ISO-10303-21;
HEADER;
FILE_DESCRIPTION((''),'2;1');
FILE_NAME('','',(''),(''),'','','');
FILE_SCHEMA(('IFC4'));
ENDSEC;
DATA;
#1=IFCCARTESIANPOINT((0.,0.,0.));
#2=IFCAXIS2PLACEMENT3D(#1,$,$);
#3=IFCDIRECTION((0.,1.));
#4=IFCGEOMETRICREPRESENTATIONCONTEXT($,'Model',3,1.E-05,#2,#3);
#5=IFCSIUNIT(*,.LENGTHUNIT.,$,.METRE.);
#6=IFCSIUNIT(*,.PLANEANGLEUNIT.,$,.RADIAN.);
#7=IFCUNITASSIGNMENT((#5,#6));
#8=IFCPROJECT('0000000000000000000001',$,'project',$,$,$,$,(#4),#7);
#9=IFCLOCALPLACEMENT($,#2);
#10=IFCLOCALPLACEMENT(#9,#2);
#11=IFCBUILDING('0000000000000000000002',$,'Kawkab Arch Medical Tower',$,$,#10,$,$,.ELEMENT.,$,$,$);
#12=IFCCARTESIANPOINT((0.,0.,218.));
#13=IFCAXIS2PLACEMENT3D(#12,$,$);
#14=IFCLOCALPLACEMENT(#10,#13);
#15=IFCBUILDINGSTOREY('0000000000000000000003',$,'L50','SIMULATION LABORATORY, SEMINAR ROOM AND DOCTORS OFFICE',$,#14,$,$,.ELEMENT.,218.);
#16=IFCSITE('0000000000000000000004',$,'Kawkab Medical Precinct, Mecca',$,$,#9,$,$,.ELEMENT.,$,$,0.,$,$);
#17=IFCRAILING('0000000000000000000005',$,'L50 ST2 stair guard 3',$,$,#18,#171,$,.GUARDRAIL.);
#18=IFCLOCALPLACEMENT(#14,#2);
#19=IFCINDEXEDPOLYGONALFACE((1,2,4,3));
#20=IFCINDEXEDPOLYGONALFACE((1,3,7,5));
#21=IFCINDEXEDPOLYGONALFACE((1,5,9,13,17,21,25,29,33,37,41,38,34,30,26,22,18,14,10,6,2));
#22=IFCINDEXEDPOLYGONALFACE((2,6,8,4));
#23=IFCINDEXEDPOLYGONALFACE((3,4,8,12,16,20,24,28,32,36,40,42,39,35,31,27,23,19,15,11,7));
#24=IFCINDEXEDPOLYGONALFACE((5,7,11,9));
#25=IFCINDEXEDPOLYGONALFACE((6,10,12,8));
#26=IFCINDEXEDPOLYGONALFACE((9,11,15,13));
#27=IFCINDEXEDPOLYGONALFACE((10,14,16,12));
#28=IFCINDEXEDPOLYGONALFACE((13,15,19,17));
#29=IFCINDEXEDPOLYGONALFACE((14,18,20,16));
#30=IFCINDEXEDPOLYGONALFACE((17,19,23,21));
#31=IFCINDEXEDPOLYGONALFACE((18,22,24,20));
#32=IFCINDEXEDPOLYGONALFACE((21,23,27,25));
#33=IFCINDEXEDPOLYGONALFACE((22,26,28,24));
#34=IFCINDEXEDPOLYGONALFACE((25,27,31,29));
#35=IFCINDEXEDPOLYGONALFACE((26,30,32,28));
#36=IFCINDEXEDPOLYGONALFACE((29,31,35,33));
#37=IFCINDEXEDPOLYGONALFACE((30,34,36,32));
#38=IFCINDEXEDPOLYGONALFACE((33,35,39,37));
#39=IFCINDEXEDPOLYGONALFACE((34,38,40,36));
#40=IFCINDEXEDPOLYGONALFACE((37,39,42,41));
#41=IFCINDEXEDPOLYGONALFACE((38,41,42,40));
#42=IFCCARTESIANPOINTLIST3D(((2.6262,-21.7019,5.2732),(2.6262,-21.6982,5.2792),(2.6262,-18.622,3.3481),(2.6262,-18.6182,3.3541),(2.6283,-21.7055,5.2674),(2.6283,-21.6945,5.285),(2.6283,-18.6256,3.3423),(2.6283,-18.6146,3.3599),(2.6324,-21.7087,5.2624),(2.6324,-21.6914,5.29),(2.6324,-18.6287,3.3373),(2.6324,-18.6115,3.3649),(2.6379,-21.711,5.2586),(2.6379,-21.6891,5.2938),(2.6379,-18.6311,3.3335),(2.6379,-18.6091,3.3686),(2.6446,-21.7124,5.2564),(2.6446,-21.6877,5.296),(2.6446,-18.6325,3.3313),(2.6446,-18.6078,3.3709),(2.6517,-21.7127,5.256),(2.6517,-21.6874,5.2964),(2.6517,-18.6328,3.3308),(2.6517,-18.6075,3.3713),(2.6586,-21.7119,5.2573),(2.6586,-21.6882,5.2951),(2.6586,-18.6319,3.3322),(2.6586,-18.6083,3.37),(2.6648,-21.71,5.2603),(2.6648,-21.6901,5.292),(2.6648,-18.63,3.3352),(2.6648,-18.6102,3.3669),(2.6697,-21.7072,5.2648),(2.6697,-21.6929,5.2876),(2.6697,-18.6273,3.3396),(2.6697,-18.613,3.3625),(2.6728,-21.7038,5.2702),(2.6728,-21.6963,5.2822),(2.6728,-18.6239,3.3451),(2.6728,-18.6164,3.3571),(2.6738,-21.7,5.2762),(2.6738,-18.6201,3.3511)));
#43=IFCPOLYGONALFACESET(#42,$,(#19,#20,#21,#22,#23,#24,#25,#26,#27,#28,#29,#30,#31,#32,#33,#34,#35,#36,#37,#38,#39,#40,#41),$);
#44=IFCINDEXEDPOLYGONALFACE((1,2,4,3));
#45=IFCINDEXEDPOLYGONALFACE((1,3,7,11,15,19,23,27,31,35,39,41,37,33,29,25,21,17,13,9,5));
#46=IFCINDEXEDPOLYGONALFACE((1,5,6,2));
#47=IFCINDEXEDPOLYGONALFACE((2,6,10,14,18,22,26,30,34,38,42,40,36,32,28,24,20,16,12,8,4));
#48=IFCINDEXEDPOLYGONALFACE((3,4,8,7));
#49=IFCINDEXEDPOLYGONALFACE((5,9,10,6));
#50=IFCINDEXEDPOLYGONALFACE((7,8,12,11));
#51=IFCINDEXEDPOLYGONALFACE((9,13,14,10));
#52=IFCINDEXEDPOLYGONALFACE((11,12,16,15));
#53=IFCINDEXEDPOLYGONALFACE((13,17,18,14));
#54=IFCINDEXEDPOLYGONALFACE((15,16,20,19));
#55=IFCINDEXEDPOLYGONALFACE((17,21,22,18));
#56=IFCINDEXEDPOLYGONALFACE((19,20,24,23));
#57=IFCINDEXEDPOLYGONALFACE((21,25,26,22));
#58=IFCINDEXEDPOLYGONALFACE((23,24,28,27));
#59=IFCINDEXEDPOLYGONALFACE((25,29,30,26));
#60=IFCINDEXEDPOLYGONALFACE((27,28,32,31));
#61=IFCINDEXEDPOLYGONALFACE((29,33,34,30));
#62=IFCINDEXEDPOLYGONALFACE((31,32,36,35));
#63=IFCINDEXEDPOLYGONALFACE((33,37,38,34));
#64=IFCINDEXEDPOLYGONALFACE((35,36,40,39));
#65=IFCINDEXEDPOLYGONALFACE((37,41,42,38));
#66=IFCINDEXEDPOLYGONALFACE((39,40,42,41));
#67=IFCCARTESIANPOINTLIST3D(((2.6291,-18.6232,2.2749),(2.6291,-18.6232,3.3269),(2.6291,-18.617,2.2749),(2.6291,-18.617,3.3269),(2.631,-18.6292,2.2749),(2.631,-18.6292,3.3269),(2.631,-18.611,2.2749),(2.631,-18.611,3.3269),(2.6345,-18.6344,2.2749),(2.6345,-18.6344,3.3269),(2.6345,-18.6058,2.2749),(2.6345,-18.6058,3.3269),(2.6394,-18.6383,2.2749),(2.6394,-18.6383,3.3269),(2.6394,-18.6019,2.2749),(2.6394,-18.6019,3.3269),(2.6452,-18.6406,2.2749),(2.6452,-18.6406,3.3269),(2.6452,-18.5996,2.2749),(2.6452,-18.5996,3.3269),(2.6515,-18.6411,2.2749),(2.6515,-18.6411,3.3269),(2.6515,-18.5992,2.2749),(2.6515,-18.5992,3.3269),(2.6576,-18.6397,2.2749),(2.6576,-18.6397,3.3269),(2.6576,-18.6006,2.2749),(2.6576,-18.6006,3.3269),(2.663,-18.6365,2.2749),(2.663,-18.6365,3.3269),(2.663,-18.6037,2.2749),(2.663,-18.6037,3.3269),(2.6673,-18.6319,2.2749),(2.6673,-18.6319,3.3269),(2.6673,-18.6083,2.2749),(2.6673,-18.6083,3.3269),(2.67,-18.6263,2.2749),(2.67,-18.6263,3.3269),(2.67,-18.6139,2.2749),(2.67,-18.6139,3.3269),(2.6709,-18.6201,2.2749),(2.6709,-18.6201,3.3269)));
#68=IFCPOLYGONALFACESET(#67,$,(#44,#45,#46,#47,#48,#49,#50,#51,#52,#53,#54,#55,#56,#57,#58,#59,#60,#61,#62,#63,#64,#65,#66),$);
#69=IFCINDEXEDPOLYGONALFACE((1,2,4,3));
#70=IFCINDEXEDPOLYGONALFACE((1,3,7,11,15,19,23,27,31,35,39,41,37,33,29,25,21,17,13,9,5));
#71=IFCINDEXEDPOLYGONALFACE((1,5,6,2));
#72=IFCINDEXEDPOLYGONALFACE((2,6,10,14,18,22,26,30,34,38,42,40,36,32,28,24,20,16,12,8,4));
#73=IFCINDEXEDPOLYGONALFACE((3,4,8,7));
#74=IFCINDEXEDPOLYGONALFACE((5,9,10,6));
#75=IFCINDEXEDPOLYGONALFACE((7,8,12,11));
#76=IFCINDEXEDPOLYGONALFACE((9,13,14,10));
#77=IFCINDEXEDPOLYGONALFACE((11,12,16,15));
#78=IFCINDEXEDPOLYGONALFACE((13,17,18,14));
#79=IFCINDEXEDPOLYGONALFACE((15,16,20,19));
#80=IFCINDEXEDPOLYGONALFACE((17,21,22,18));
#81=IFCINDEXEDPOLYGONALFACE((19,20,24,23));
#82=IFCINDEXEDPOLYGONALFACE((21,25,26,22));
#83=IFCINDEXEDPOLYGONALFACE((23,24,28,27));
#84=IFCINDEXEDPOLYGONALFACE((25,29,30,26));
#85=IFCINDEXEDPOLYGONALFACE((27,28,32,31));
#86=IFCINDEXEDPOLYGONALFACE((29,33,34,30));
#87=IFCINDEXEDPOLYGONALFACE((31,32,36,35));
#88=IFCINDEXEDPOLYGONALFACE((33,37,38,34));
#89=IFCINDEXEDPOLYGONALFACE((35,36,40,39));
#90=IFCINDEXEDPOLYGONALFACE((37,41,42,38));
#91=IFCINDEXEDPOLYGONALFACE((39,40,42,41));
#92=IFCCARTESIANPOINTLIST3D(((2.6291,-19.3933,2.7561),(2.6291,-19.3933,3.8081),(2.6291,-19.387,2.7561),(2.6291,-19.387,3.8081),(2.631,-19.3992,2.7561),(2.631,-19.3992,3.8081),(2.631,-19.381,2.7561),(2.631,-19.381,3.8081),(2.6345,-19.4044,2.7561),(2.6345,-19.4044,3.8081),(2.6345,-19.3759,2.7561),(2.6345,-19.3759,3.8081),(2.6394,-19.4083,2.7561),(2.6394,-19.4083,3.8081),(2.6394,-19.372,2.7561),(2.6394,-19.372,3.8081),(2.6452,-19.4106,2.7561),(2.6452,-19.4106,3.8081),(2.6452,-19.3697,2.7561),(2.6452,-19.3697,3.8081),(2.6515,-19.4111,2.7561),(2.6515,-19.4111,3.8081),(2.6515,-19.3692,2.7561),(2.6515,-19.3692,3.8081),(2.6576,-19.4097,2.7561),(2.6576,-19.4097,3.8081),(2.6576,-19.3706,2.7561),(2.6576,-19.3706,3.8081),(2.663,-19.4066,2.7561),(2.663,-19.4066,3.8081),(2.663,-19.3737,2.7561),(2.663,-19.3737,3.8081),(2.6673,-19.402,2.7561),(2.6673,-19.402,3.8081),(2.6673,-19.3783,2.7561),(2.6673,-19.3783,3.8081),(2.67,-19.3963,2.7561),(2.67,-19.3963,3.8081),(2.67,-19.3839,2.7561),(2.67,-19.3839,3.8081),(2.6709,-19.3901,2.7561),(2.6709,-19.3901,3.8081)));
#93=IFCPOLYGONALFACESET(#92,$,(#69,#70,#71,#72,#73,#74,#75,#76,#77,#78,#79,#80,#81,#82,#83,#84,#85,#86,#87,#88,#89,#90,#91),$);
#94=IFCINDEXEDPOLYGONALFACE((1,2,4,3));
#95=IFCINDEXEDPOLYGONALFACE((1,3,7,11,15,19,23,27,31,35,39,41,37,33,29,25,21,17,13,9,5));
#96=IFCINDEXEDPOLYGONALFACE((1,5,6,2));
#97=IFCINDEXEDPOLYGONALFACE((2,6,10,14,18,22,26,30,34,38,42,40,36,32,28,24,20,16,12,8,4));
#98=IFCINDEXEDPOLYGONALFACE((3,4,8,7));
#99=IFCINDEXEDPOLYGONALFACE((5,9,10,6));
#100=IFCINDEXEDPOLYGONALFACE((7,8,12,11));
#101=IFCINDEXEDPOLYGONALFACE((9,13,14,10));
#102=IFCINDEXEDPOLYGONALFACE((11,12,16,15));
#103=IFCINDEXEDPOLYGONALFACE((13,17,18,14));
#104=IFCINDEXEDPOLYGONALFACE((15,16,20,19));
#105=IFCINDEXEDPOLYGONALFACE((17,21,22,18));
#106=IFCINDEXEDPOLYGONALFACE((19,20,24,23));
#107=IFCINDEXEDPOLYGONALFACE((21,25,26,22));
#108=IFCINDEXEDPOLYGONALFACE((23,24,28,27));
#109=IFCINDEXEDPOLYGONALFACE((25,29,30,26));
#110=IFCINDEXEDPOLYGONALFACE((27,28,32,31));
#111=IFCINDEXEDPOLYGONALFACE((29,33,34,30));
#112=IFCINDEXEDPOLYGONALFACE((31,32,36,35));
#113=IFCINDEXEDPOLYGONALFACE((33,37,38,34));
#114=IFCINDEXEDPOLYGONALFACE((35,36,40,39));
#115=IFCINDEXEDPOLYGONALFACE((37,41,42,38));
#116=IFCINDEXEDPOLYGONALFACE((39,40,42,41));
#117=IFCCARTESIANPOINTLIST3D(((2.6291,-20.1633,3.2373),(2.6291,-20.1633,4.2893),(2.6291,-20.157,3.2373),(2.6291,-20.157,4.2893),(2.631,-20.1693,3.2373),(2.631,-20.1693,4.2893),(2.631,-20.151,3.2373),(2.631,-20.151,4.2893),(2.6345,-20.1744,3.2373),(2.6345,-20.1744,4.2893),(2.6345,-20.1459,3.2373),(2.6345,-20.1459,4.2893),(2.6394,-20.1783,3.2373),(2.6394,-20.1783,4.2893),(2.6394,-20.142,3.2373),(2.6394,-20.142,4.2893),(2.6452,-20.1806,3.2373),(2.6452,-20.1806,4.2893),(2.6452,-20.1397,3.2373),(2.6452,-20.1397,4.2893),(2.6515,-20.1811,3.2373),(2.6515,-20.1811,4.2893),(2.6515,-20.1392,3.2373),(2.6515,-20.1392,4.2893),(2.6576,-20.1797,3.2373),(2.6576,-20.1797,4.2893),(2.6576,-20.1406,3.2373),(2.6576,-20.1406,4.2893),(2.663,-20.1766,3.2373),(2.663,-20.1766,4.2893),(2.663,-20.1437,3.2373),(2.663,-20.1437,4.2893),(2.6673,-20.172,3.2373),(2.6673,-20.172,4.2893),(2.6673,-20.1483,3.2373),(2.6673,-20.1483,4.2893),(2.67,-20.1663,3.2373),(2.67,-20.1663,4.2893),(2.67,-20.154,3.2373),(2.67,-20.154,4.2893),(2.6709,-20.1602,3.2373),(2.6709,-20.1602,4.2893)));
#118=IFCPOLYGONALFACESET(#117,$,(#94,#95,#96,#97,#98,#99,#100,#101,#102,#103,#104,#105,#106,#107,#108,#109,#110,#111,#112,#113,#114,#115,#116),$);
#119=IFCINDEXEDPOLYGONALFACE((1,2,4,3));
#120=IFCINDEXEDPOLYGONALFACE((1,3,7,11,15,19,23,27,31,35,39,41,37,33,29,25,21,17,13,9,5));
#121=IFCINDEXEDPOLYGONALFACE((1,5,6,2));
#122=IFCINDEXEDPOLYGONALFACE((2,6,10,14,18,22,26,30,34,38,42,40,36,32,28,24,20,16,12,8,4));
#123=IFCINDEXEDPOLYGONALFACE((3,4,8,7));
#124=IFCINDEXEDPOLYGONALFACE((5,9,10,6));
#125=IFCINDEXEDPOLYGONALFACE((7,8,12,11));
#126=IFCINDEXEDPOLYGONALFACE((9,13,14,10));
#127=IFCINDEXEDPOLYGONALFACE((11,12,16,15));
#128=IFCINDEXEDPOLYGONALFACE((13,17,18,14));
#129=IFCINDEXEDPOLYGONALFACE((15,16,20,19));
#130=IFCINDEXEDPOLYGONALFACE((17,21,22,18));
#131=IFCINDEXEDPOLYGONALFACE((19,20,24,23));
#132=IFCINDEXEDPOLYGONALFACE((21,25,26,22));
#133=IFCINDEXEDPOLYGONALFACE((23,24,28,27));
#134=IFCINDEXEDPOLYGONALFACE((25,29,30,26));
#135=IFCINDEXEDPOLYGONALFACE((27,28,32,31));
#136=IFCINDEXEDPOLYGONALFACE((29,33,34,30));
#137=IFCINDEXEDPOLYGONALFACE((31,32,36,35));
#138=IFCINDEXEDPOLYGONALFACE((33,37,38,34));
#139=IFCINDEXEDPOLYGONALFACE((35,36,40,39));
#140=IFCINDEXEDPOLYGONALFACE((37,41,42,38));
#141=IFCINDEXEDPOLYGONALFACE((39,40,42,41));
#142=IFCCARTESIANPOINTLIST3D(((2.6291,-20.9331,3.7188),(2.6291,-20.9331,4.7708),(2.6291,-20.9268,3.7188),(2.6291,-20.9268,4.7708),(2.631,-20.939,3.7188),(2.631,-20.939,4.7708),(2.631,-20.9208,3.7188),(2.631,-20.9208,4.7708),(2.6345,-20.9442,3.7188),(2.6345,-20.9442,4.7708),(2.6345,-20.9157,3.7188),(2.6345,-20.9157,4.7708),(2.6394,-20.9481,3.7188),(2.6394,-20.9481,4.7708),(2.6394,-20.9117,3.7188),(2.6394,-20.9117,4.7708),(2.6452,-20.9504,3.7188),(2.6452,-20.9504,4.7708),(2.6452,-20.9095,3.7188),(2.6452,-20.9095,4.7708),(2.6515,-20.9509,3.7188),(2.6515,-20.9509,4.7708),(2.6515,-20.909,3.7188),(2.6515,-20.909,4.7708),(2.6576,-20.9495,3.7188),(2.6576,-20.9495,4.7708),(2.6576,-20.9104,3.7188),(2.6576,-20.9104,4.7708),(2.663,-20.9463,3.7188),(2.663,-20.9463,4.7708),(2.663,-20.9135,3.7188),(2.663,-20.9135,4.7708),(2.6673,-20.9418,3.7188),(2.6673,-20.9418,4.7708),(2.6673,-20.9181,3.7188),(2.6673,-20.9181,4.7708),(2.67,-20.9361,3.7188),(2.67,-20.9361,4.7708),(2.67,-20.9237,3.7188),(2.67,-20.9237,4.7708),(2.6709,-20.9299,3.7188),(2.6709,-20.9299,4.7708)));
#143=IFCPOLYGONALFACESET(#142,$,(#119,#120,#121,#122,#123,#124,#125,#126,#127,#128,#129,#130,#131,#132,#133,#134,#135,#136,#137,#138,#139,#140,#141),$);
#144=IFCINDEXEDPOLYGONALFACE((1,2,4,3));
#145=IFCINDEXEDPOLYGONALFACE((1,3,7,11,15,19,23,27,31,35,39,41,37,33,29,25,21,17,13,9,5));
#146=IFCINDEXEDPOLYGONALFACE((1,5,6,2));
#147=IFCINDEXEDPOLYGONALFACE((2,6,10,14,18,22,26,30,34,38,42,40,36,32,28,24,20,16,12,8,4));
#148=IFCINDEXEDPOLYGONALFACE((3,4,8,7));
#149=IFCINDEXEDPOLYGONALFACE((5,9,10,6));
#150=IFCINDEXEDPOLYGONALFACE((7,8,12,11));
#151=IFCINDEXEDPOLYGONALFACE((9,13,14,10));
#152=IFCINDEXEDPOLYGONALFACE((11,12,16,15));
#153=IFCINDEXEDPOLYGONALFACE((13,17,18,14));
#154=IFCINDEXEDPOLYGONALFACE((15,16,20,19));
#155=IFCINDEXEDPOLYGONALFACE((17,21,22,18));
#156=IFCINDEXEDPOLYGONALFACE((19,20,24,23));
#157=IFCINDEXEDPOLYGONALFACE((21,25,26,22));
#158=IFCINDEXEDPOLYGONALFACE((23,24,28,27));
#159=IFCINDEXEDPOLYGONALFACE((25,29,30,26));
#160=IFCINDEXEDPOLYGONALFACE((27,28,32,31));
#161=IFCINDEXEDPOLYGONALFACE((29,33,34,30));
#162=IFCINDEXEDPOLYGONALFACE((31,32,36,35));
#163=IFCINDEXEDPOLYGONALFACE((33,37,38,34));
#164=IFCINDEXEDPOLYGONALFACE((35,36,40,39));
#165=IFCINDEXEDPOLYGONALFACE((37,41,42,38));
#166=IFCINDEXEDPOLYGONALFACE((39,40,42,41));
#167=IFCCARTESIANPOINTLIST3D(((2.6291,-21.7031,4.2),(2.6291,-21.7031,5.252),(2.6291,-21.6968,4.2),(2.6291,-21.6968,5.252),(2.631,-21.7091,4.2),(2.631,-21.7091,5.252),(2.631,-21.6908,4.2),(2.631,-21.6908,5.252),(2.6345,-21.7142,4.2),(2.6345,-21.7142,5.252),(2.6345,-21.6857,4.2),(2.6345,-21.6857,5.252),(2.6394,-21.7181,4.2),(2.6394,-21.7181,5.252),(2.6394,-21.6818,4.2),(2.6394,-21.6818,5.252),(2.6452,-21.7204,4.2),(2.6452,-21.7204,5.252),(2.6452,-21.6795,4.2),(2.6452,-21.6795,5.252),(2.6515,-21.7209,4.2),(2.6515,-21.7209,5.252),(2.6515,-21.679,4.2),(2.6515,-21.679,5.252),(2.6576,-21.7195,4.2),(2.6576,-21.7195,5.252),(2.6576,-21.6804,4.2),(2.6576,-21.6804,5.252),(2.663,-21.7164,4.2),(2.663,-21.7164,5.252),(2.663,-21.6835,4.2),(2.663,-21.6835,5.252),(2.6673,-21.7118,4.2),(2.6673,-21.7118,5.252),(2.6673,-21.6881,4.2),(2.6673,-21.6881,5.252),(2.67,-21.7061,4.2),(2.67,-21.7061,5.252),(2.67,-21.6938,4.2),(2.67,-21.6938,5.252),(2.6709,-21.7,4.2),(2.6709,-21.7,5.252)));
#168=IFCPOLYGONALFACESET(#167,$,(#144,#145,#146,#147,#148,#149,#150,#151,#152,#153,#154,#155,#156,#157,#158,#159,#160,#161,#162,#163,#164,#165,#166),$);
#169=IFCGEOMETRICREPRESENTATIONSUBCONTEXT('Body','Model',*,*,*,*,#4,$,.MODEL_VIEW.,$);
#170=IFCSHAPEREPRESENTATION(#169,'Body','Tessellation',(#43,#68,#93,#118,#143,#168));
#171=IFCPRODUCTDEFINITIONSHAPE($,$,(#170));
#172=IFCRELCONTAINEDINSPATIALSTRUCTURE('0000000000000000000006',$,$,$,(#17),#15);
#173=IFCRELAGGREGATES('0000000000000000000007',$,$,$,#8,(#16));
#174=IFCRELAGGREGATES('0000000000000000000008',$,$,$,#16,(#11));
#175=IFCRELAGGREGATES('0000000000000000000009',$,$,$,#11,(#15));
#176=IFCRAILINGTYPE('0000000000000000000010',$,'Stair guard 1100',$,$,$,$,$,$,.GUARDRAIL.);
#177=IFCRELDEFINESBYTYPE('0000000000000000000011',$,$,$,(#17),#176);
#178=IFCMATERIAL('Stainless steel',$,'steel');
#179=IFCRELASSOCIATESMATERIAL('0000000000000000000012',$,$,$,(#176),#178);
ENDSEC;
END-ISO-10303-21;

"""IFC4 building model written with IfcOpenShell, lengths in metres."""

from ifc_helpers import new_model, si_unit, direction, frame, origin, origin_2d, place, context, subcontext, project, spatial, circle, extrude, material, type_object, element, save


model = new_model("IFC4")

# Units and contexts
model_context = context("Model", 3, precision=1e-05, world=origin(), true_north=direction((0.0, 1.0)))
body_context = subcontext(model_context, "Body", "Model", "MODEL_VIEW")
ifc_project = project(units=[si_unit("LENGTHUNIT", "METRE"), si_unit("PLANEANGLEUNIT", "RADIAN")], contexts=[model_context])

# Site, building, storey
site_placement = place(None, origin())
site = spatial("IfcSite", under=ifc_project, at=site_placement, Name="Kawkab Medical Precinct, Mecca", CompositionType="ELEMENT", RefElevation=0.0)
building_placement = place(site_placement, origin())
building = spatial("IfcBuilding", under=site, at=building_placement, Name="Kawkab Arch Medical Tower", CompositionType="ELEMENT")
storey_placement = place(building_placement, frame((0.0, 0.0, 218.0)))
storey = spatial("IfcBuildingStorey", under=building, at=storey_placement, Name="L50", Description="SIMULATION LABORATORY, SEMINAR ROOM AND DOCTORS OFFICE", CompositionType="ELEMENT", Elevation=218.0)

# Railing
ifc_material_1 = material(Name="Stainless steel", Category="steel")
railing_type_1 = type_object("IfcRailingType", Name="Stair guard 1100", PredefinedType="GUARDRAIL", material=ifc_material_1)
railing_1_placement = place(storey_placement, frame((2.6499, -18.6201, 2.2749)))
element("IfcRailing", 1, at=railing_1_placement, inside=storey, type_object=railing_type_1, Name="L50 ST2 stair guard 3", PredefinedType="GUARDRAIL", context=body_context, shape_type="SweptSolid", body=[
    extrude(circle(Radius=0.0239, at=origin_2d()), frame((0.0, 0.0, 1.0762), z_axis=(0.0, -0.847979, 0.530029), x_axis=(1.0, 0.0, 0.0)), (0.0, 0.0, 1.0), 3.6321),
    extrude(circle(Radius=0.021, at=origin_2d()), origin(), (0.0, 0.0, 1.0), 1.052),
    extrude(circle(Radius=0.021, at=origin_2d()), frame((0.0, -0.77, 0.4812)), (0.0, 0.0, 1.0), 1.052),
    extrude(circle(Radius=0.021, at=origin_2d()), frame((0.0, -1.54, 0.9624)), (0.0, 0.0, 1.0), 1.052),
    extrude(circle(Radius=0.021, at=origin_2d()), frame((0.0, -2.3098, 1.4438)), (0.0, 0.0, 1.0), 1.052),
    extrude(circle(Radius=0.021, at=origin_2d()), frame((0.0, -3.0798, 1.925)), (0.0, 0.0, 1.0), 1.052),
])

save(model, "model.ifc")
